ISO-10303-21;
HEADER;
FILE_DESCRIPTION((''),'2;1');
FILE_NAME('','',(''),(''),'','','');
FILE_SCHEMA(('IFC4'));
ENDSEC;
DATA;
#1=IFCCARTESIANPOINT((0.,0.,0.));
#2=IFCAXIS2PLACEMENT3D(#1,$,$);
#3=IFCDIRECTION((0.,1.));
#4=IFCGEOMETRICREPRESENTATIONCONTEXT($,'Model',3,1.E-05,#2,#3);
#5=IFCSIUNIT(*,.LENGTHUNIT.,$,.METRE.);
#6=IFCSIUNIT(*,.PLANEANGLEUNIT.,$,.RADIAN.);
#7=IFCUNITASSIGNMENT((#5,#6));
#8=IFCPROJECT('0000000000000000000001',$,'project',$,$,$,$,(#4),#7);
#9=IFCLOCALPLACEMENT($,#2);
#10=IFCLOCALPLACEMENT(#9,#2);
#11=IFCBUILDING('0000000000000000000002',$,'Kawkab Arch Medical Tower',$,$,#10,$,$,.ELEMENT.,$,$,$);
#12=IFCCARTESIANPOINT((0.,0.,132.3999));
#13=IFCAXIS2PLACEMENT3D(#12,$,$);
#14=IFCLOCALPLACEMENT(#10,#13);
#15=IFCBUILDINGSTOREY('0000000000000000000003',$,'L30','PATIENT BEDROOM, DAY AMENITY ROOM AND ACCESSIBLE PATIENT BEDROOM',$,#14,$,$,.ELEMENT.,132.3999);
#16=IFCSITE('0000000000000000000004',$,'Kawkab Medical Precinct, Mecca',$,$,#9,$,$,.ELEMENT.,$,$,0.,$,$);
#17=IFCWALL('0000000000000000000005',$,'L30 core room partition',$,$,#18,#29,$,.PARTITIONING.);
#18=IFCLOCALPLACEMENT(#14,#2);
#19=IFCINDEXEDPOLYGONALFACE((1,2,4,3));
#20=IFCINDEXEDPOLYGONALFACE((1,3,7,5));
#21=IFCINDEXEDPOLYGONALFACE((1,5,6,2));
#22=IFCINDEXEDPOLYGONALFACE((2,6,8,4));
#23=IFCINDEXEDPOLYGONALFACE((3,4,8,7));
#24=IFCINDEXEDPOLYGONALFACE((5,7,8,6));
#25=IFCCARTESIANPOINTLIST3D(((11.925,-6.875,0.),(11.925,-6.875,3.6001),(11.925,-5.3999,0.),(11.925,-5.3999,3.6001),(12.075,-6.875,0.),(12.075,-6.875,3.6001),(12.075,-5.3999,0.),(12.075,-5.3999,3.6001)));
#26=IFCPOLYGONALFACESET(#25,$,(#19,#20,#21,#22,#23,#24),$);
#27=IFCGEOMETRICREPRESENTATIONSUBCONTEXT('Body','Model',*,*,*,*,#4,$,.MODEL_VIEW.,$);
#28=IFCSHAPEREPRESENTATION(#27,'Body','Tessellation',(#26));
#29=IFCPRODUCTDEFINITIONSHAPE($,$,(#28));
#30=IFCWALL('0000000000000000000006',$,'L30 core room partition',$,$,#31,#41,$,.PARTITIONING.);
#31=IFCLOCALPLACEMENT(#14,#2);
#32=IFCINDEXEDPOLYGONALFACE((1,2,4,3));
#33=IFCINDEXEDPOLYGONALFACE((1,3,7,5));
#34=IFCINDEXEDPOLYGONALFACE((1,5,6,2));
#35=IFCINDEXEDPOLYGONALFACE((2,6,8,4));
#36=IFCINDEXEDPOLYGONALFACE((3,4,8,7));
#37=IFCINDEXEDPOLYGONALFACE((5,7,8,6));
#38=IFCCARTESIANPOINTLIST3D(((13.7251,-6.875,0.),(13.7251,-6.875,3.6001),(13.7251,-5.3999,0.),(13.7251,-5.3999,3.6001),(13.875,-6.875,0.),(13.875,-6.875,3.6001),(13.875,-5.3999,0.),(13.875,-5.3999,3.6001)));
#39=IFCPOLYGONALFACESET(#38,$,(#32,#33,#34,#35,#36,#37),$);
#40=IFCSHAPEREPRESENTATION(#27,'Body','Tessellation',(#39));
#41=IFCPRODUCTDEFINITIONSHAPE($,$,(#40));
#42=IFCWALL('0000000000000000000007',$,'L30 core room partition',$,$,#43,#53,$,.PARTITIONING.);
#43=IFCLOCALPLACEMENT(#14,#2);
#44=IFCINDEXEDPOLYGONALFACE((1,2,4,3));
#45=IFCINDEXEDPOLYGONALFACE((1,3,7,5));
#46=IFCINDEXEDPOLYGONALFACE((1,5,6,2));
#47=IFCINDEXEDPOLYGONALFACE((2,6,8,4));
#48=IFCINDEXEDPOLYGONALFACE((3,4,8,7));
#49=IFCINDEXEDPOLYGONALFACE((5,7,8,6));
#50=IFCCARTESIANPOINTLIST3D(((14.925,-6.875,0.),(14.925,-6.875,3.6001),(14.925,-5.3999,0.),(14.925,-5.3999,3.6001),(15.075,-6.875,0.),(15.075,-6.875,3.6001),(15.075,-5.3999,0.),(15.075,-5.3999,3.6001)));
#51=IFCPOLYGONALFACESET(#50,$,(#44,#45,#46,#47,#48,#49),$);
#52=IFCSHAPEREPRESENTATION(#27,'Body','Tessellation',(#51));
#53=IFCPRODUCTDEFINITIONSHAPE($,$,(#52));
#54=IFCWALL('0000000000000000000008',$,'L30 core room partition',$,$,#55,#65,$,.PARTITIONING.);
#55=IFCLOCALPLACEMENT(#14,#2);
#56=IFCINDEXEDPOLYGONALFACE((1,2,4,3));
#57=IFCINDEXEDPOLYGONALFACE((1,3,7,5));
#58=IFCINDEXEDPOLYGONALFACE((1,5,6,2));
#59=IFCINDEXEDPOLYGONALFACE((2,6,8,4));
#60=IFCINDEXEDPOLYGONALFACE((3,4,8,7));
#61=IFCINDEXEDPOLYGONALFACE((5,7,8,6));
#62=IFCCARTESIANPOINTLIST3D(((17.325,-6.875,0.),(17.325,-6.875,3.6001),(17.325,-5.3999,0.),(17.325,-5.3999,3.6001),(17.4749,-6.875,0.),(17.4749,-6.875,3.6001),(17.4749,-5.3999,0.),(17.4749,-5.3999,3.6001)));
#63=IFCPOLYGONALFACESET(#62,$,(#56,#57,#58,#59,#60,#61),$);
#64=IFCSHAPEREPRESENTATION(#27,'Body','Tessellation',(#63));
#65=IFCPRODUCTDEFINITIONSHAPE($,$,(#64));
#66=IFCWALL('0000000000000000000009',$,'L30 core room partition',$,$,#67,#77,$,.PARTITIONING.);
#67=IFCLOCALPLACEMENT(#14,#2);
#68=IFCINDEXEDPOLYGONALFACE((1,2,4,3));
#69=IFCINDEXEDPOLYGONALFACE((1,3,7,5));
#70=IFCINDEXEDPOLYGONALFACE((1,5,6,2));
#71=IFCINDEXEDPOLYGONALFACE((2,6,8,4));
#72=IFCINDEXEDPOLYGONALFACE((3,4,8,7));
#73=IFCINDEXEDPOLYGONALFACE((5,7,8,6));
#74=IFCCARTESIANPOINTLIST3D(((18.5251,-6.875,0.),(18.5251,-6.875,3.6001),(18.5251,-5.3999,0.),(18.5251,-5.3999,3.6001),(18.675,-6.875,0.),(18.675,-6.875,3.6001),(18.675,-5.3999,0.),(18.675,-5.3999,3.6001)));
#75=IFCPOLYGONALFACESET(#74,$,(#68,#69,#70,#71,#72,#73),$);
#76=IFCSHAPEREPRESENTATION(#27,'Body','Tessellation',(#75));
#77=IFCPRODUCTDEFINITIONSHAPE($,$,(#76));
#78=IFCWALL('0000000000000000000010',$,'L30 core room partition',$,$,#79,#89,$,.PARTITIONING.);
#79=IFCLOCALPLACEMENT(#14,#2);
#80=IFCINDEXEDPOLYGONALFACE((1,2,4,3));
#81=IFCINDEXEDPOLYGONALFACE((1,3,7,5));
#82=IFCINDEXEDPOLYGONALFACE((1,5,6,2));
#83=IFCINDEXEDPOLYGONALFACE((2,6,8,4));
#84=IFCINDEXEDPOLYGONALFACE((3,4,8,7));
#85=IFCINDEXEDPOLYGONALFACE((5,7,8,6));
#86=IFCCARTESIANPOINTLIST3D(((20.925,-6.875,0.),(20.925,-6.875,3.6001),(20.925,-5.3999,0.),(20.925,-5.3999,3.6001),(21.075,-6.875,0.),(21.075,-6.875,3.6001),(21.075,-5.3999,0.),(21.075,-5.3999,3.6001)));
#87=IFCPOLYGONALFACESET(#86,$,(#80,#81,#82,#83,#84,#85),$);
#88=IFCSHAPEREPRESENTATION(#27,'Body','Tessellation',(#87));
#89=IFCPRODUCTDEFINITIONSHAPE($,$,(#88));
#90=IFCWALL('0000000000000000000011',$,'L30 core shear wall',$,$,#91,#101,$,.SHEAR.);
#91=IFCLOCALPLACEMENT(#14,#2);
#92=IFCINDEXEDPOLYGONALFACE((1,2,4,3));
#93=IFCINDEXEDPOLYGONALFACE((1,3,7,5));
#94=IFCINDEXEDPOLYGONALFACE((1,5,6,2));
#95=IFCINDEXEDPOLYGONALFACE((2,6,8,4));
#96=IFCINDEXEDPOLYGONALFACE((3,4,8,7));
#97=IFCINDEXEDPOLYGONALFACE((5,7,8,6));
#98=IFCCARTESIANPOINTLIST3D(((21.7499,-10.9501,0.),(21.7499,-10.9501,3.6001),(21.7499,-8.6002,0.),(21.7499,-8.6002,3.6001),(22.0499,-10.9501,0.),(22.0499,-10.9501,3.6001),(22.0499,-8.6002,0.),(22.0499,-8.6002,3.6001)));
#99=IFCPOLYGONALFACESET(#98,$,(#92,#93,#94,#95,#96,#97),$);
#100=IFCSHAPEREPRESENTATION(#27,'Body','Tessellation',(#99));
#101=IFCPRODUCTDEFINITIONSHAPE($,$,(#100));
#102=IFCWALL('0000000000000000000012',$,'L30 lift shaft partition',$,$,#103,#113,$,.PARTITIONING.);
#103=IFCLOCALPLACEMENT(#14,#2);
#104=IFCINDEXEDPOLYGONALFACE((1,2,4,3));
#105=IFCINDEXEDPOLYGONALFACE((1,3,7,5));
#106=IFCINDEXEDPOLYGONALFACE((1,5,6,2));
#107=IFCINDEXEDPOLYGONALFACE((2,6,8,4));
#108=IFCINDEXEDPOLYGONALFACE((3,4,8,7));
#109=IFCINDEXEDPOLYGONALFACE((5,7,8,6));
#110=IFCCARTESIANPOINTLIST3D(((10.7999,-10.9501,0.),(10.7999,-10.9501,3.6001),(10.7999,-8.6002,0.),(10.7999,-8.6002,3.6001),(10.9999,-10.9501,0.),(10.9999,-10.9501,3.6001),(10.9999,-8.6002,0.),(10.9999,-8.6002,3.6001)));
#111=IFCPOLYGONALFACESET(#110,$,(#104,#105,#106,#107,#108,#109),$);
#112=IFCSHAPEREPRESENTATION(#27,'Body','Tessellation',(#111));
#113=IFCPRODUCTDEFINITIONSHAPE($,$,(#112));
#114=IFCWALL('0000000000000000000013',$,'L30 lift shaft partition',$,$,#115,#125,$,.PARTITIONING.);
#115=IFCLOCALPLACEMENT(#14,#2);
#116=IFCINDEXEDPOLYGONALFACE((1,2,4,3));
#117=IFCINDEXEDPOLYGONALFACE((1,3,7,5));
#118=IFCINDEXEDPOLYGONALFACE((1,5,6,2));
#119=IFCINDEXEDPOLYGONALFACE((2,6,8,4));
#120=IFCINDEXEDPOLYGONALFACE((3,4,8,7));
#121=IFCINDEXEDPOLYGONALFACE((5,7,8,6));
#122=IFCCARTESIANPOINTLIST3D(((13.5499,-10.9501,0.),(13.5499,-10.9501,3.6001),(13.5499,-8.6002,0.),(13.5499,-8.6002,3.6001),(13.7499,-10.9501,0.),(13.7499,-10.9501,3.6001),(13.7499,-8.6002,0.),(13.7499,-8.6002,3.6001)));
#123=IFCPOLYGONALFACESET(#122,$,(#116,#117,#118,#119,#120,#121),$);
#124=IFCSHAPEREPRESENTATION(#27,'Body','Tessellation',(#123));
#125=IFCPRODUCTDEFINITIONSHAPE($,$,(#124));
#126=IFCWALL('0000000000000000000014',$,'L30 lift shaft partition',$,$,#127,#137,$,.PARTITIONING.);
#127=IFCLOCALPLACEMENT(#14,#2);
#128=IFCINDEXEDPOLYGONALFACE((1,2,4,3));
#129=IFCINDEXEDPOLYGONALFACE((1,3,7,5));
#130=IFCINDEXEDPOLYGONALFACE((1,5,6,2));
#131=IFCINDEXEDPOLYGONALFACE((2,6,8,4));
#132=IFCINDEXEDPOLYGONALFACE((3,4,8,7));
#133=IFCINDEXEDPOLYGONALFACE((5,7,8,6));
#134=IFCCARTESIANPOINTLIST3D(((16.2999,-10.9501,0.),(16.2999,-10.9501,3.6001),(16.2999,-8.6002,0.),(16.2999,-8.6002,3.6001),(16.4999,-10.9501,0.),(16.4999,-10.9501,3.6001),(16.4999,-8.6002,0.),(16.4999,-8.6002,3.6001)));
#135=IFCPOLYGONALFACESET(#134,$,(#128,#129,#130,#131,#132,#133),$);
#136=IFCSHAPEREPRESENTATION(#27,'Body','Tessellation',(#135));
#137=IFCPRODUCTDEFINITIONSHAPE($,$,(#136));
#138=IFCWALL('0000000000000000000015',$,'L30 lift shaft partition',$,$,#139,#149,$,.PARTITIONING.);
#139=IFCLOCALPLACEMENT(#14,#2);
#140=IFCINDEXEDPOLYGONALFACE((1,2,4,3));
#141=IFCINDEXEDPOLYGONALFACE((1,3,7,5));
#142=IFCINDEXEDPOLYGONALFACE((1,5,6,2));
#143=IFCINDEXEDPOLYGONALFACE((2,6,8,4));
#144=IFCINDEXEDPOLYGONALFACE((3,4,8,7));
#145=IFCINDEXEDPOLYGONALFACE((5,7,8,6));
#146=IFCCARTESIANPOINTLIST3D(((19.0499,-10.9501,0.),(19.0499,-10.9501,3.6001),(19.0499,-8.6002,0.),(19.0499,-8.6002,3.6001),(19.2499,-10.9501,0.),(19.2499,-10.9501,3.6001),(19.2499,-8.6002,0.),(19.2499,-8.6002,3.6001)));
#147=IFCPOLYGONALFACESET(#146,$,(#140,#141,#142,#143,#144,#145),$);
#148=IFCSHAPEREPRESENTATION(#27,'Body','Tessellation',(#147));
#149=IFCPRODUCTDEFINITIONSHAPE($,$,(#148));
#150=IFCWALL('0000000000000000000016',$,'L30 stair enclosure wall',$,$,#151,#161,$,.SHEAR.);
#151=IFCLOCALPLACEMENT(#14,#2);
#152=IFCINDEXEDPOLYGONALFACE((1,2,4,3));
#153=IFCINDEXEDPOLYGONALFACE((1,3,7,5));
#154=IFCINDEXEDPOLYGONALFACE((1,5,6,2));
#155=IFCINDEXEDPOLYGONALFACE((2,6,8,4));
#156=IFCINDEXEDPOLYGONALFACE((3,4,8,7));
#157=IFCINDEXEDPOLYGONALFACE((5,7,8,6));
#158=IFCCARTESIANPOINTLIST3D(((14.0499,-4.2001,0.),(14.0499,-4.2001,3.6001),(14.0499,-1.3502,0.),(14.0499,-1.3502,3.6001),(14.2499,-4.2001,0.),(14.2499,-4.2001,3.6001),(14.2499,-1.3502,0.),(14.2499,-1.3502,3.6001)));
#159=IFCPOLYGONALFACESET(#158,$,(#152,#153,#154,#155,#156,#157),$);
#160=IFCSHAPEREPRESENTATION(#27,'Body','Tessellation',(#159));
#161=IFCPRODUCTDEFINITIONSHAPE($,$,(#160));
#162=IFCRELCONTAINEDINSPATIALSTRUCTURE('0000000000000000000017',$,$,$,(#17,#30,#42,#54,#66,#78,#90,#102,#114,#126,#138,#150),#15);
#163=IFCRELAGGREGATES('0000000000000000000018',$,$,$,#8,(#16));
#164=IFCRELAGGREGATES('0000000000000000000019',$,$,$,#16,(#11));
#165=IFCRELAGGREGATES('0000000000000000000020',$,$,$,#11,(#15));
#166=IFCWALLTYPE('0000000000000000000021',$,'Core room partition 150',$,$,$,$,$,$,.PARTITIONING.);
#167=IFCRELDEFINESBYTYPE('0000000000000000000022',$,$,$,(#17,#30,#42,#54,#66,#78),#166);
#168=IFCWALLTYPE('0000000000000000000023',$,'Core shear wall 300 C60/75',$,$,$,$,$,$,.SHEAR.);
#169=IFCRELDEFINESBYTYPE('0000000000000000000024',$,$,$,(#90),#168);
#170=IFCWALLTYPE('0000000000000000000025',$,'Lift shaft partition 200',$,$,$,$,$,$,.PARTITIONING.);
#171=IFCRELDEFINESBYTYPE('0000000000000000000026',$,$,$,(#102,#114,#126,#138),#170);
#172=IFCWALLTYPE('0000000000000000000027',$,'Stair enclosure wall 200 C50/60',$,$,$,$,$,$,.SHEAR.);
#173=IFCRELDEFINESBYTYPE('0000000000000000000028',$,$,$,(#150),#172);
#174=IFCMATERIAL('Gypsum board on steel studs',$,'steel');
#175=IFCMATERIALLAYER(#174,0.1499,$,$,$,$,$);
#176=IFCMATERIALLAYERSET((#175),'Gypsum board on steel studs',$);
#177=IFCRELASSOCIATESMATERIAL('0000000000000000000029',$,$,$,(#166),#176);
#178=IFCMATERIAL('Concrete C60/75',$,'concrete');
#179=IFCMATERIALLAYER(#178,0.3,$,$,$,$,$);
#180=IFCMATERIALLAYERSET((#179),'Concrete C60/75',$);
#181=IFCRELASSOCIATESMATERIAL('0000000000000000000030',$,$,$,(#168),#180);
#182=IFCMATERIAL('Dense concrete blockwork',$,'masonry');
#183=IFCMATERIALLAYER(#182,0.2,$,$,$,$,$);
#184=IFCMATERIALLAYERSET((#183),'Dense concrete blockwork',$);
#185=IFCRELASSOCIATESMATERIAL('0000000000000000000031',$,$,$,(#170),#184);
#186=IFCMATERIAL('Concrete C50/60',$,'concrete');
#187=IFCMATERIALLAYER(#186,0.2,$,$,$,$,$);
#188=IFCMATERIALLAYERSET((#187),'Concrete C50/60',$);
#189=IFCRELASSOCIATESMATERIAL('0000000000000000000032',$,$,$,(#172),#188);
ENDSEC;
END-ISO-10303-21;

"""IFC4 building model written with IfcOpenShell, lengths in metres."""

from ifc_helpers import new_model, si_unit, direction, frame, frame_2d, origin, place, context, subcontext, project, spatial, rectangle, extrude, material, layer, layer_set, type_object, element, save


model = new_model("IFC4")

# Units and contexts
model_context = context("Model", 3, precision=1e-05, world=origin(), true_north=direction((0.0, 1.0)))
body_context = subcontext(model_context, "Body", "Model", "MODEL_VIEW")
ifc_project = project(units=[si_unit("LENGTHUNIT", "METRE"), si_unit("PLANEANGLEUNIT", "RADIAN")], contexts=[model_context])

# Site, building, storey
site_placement = place(None, origin())
site = spatial("IfcSite", under=ifc_project, at=site_placement, Name="Kawkab Medical Precinct, Mecca", CompositionType="ELEMENT", RefElevation=0.0)
building_placement = place(site_placement, origin())
building = spatial("IfcBuilding", under=site, at=building_placement, Name="Kawkab Arch Medical Tower", CompositionType="ELEMENT")
storey_placement = place(building_placement, frame((0.0, 0.0, 132.3999)))
storey = spatial("IfcBuildingStorey", under=building, at=storey_placement, Name="L30", Description="PATIENT BEDROOM, DAY AMENITY ROOM AND ACCESSIBLE PATIENT BEDROOM", CompositionType="ELEMENT", Elevation=132.3999)

# Shared definitions
ifc_material_1 = material(Name="Gypsum board on steel studs", Category="steel")
ifc_layer_1 = layer(ifc_material_1, 0.1499)
ifc_layer_set_1 = layer_set([ifc_layer_1], Name="Gypsum board on steel studs")
wall_type_1 = type_object("IfcWallType", Name="Core room partition 150", PredefinedType="PARTITIONING", material=ifc_layer_set_1)

# Walls
for number, where, z_axis, x_axis, name in (
    (1, (12.0, -6.875, 0.0), (0.0, 0.0, 1.0), (0.0, 1.0, 0.0), "L30 core room partition"),
    (2, (13.8, -6.875, 0.0), (0.0, 0.0, 1.0), (0.0, 1.0, 0.0), "L30 core room partition"),
    (3, (15.0, -6.875, 0.0), (0.0, 0.0, 1.0), (0.0, 1.0, 0.0), "L30 core room partition"),
    (4, (17.3999, -6.875, 0.0), (0.0, 0.0, 1.0), (0.0, 1.0, 0.0), "L30 core room partition"),
    (5, (18.6001, -6.875, 0.0), (0.0, 0.0, 1.0), (0.0, 1.0, 0.0), "L30 core room partition"),
    (6, (21.0, -6.875, 0.0), (0.0, 0.0, 1.0), (0.0, 1.0, 0.0), "L30 core room partition"),
):
    element("IfcWall", number, at=place(storey_placement, frame(where, z_axis=z_axis, x_axis=x_axis)), inside=storey, type_object=wall_type_1, Name=name, PredefinedType="PARTITIONING", context=body_context, shape_type="SweptSolid", body=[
        extrude(rectangle(XDim=1.4751, YDim=0.1499, at=frame_2d((0.7375, 0.0))), origin(), (0.0, 0.0, 1.0), 3.6001),
    ])
ifc_material_2 = material(Name="Concrete C60/75", Category="concrete")
ifc_layer_2 = layer(ifc_material_2, 0.3)
ifc_layer_set_2 = layer_set([ifc_layer_2], Name="Concrete C60/75")
wall_type_2 = type_object("IfcWallType", Name="Core shear wall 300 C60/75", PredefinedType="SHEAR", material=ifc_layer_set_2)
wall_1_placement = place(storey_placement, frame((21.8999, -10.95, 0.0), z_axis=(0.0, 0.0, 1.0), x_axis=(0.0, 1.0, 0.0)))
element("IfcWall", 7, at=wall_1_placement, inside=storey, type_object=wall_type_2, Name="L30 core shear wall", PredefinedType="SHEAR", context=body_context, shape_type="SweptSolid", body=[
    extrude(rectangle(XDim=2.3499, YDim=0.3, at=frame_2d((1.1748, 0.0))), origin(), (0.0, 0.0, 1.0), 3.6001),
])
ifc_material_3 = material(Name="Dense concrete blockwork", Category="masonry")
ifc_layer_3 = layer(ifc_material_3, 0.2)
ifc_layer_set_3 = layer_set([ifc_layer_3], Name="Dense concrete blockwork")
wall_type_3 = type_object("IfcWallType", Name="Lift shaft partition 200", PredefinedType="PARTITIONING", material=ifc_layer_set_3)
for number, where, z_axis, x_axis, name in (
    (8, (10.8999, -10.95, 0.0), (0.0, 0.0, 1.0), (0.0, 1.0, 0.0), "L30 lift shaft partition"),
    (9, (13.6499, -10.95, 0.0), (0.0, 0.0, 1.0), (0.0, 1.0, 0.0), "L30 lift shaft partition"),
    (10, (16.3999, -10.95, 0.0), (0.0, 0.0, 1.0), (0.0, 1.0, 0.0), "L30 lift shaft partition"),
    (11, (19.1499, -10.95, 0.0), (0.0, 0.0, 1.0), (0.0, 1.0, 0.0), "L30 lift shaft partition"),
):
    element("IfcWall", number, at=place(storey_placement, frame(where, z_axis=z_axis, x_axis=x_axis)), inside=storey, type_object=wall_type_3, Name=name, PredefinedType="PARTITIONING", context=body_context, shape_type="SweptSolid", body=[
        extrude(rectangle(XDim=2.3499, YDim=0.2, at=frame_2d((1.1748, 0.0))), origin(), (0.0, 0.0, 1.0), 3.6001),
    ])
ifc_material_4 = material(Name="Concrete C50/60", Category="concrete")
ifc_layer_4 = layer(ifc_material_4, 0.2)
ifc_layer_set_4 = layer_set([ifc_layer_4], Name="Concrete C50/60")
wall_type_4 = type_object("IfcWallType", Name="Stair enclosure wall 200 C50/60", PredefinedType="SHEAR", material=ifc_layer_set_4)
wall_2_placement = place(storey_placement, frame((14.1499, -4.2, 0.0), z_axis=(0.0, 0.0, 1.0), x_axis=(0.0, 1.0, 0.0)))
element("IfcWall", 12, at=wall_2_placement, inside=storey, type_object=wall_type_4, Name="L30 stair enclosure wall", PredefinedType="SHEAR", context=body_context, shape_type="SweptSolid", body=[
    extrude(rectangle(XDim=2.8499, YDim=0.2, at=frame_2d((1.4248, 0.0))), origin(), (0.0, 0.0, 1.0), 3.6001),
])

save(model, "model.ifc")
